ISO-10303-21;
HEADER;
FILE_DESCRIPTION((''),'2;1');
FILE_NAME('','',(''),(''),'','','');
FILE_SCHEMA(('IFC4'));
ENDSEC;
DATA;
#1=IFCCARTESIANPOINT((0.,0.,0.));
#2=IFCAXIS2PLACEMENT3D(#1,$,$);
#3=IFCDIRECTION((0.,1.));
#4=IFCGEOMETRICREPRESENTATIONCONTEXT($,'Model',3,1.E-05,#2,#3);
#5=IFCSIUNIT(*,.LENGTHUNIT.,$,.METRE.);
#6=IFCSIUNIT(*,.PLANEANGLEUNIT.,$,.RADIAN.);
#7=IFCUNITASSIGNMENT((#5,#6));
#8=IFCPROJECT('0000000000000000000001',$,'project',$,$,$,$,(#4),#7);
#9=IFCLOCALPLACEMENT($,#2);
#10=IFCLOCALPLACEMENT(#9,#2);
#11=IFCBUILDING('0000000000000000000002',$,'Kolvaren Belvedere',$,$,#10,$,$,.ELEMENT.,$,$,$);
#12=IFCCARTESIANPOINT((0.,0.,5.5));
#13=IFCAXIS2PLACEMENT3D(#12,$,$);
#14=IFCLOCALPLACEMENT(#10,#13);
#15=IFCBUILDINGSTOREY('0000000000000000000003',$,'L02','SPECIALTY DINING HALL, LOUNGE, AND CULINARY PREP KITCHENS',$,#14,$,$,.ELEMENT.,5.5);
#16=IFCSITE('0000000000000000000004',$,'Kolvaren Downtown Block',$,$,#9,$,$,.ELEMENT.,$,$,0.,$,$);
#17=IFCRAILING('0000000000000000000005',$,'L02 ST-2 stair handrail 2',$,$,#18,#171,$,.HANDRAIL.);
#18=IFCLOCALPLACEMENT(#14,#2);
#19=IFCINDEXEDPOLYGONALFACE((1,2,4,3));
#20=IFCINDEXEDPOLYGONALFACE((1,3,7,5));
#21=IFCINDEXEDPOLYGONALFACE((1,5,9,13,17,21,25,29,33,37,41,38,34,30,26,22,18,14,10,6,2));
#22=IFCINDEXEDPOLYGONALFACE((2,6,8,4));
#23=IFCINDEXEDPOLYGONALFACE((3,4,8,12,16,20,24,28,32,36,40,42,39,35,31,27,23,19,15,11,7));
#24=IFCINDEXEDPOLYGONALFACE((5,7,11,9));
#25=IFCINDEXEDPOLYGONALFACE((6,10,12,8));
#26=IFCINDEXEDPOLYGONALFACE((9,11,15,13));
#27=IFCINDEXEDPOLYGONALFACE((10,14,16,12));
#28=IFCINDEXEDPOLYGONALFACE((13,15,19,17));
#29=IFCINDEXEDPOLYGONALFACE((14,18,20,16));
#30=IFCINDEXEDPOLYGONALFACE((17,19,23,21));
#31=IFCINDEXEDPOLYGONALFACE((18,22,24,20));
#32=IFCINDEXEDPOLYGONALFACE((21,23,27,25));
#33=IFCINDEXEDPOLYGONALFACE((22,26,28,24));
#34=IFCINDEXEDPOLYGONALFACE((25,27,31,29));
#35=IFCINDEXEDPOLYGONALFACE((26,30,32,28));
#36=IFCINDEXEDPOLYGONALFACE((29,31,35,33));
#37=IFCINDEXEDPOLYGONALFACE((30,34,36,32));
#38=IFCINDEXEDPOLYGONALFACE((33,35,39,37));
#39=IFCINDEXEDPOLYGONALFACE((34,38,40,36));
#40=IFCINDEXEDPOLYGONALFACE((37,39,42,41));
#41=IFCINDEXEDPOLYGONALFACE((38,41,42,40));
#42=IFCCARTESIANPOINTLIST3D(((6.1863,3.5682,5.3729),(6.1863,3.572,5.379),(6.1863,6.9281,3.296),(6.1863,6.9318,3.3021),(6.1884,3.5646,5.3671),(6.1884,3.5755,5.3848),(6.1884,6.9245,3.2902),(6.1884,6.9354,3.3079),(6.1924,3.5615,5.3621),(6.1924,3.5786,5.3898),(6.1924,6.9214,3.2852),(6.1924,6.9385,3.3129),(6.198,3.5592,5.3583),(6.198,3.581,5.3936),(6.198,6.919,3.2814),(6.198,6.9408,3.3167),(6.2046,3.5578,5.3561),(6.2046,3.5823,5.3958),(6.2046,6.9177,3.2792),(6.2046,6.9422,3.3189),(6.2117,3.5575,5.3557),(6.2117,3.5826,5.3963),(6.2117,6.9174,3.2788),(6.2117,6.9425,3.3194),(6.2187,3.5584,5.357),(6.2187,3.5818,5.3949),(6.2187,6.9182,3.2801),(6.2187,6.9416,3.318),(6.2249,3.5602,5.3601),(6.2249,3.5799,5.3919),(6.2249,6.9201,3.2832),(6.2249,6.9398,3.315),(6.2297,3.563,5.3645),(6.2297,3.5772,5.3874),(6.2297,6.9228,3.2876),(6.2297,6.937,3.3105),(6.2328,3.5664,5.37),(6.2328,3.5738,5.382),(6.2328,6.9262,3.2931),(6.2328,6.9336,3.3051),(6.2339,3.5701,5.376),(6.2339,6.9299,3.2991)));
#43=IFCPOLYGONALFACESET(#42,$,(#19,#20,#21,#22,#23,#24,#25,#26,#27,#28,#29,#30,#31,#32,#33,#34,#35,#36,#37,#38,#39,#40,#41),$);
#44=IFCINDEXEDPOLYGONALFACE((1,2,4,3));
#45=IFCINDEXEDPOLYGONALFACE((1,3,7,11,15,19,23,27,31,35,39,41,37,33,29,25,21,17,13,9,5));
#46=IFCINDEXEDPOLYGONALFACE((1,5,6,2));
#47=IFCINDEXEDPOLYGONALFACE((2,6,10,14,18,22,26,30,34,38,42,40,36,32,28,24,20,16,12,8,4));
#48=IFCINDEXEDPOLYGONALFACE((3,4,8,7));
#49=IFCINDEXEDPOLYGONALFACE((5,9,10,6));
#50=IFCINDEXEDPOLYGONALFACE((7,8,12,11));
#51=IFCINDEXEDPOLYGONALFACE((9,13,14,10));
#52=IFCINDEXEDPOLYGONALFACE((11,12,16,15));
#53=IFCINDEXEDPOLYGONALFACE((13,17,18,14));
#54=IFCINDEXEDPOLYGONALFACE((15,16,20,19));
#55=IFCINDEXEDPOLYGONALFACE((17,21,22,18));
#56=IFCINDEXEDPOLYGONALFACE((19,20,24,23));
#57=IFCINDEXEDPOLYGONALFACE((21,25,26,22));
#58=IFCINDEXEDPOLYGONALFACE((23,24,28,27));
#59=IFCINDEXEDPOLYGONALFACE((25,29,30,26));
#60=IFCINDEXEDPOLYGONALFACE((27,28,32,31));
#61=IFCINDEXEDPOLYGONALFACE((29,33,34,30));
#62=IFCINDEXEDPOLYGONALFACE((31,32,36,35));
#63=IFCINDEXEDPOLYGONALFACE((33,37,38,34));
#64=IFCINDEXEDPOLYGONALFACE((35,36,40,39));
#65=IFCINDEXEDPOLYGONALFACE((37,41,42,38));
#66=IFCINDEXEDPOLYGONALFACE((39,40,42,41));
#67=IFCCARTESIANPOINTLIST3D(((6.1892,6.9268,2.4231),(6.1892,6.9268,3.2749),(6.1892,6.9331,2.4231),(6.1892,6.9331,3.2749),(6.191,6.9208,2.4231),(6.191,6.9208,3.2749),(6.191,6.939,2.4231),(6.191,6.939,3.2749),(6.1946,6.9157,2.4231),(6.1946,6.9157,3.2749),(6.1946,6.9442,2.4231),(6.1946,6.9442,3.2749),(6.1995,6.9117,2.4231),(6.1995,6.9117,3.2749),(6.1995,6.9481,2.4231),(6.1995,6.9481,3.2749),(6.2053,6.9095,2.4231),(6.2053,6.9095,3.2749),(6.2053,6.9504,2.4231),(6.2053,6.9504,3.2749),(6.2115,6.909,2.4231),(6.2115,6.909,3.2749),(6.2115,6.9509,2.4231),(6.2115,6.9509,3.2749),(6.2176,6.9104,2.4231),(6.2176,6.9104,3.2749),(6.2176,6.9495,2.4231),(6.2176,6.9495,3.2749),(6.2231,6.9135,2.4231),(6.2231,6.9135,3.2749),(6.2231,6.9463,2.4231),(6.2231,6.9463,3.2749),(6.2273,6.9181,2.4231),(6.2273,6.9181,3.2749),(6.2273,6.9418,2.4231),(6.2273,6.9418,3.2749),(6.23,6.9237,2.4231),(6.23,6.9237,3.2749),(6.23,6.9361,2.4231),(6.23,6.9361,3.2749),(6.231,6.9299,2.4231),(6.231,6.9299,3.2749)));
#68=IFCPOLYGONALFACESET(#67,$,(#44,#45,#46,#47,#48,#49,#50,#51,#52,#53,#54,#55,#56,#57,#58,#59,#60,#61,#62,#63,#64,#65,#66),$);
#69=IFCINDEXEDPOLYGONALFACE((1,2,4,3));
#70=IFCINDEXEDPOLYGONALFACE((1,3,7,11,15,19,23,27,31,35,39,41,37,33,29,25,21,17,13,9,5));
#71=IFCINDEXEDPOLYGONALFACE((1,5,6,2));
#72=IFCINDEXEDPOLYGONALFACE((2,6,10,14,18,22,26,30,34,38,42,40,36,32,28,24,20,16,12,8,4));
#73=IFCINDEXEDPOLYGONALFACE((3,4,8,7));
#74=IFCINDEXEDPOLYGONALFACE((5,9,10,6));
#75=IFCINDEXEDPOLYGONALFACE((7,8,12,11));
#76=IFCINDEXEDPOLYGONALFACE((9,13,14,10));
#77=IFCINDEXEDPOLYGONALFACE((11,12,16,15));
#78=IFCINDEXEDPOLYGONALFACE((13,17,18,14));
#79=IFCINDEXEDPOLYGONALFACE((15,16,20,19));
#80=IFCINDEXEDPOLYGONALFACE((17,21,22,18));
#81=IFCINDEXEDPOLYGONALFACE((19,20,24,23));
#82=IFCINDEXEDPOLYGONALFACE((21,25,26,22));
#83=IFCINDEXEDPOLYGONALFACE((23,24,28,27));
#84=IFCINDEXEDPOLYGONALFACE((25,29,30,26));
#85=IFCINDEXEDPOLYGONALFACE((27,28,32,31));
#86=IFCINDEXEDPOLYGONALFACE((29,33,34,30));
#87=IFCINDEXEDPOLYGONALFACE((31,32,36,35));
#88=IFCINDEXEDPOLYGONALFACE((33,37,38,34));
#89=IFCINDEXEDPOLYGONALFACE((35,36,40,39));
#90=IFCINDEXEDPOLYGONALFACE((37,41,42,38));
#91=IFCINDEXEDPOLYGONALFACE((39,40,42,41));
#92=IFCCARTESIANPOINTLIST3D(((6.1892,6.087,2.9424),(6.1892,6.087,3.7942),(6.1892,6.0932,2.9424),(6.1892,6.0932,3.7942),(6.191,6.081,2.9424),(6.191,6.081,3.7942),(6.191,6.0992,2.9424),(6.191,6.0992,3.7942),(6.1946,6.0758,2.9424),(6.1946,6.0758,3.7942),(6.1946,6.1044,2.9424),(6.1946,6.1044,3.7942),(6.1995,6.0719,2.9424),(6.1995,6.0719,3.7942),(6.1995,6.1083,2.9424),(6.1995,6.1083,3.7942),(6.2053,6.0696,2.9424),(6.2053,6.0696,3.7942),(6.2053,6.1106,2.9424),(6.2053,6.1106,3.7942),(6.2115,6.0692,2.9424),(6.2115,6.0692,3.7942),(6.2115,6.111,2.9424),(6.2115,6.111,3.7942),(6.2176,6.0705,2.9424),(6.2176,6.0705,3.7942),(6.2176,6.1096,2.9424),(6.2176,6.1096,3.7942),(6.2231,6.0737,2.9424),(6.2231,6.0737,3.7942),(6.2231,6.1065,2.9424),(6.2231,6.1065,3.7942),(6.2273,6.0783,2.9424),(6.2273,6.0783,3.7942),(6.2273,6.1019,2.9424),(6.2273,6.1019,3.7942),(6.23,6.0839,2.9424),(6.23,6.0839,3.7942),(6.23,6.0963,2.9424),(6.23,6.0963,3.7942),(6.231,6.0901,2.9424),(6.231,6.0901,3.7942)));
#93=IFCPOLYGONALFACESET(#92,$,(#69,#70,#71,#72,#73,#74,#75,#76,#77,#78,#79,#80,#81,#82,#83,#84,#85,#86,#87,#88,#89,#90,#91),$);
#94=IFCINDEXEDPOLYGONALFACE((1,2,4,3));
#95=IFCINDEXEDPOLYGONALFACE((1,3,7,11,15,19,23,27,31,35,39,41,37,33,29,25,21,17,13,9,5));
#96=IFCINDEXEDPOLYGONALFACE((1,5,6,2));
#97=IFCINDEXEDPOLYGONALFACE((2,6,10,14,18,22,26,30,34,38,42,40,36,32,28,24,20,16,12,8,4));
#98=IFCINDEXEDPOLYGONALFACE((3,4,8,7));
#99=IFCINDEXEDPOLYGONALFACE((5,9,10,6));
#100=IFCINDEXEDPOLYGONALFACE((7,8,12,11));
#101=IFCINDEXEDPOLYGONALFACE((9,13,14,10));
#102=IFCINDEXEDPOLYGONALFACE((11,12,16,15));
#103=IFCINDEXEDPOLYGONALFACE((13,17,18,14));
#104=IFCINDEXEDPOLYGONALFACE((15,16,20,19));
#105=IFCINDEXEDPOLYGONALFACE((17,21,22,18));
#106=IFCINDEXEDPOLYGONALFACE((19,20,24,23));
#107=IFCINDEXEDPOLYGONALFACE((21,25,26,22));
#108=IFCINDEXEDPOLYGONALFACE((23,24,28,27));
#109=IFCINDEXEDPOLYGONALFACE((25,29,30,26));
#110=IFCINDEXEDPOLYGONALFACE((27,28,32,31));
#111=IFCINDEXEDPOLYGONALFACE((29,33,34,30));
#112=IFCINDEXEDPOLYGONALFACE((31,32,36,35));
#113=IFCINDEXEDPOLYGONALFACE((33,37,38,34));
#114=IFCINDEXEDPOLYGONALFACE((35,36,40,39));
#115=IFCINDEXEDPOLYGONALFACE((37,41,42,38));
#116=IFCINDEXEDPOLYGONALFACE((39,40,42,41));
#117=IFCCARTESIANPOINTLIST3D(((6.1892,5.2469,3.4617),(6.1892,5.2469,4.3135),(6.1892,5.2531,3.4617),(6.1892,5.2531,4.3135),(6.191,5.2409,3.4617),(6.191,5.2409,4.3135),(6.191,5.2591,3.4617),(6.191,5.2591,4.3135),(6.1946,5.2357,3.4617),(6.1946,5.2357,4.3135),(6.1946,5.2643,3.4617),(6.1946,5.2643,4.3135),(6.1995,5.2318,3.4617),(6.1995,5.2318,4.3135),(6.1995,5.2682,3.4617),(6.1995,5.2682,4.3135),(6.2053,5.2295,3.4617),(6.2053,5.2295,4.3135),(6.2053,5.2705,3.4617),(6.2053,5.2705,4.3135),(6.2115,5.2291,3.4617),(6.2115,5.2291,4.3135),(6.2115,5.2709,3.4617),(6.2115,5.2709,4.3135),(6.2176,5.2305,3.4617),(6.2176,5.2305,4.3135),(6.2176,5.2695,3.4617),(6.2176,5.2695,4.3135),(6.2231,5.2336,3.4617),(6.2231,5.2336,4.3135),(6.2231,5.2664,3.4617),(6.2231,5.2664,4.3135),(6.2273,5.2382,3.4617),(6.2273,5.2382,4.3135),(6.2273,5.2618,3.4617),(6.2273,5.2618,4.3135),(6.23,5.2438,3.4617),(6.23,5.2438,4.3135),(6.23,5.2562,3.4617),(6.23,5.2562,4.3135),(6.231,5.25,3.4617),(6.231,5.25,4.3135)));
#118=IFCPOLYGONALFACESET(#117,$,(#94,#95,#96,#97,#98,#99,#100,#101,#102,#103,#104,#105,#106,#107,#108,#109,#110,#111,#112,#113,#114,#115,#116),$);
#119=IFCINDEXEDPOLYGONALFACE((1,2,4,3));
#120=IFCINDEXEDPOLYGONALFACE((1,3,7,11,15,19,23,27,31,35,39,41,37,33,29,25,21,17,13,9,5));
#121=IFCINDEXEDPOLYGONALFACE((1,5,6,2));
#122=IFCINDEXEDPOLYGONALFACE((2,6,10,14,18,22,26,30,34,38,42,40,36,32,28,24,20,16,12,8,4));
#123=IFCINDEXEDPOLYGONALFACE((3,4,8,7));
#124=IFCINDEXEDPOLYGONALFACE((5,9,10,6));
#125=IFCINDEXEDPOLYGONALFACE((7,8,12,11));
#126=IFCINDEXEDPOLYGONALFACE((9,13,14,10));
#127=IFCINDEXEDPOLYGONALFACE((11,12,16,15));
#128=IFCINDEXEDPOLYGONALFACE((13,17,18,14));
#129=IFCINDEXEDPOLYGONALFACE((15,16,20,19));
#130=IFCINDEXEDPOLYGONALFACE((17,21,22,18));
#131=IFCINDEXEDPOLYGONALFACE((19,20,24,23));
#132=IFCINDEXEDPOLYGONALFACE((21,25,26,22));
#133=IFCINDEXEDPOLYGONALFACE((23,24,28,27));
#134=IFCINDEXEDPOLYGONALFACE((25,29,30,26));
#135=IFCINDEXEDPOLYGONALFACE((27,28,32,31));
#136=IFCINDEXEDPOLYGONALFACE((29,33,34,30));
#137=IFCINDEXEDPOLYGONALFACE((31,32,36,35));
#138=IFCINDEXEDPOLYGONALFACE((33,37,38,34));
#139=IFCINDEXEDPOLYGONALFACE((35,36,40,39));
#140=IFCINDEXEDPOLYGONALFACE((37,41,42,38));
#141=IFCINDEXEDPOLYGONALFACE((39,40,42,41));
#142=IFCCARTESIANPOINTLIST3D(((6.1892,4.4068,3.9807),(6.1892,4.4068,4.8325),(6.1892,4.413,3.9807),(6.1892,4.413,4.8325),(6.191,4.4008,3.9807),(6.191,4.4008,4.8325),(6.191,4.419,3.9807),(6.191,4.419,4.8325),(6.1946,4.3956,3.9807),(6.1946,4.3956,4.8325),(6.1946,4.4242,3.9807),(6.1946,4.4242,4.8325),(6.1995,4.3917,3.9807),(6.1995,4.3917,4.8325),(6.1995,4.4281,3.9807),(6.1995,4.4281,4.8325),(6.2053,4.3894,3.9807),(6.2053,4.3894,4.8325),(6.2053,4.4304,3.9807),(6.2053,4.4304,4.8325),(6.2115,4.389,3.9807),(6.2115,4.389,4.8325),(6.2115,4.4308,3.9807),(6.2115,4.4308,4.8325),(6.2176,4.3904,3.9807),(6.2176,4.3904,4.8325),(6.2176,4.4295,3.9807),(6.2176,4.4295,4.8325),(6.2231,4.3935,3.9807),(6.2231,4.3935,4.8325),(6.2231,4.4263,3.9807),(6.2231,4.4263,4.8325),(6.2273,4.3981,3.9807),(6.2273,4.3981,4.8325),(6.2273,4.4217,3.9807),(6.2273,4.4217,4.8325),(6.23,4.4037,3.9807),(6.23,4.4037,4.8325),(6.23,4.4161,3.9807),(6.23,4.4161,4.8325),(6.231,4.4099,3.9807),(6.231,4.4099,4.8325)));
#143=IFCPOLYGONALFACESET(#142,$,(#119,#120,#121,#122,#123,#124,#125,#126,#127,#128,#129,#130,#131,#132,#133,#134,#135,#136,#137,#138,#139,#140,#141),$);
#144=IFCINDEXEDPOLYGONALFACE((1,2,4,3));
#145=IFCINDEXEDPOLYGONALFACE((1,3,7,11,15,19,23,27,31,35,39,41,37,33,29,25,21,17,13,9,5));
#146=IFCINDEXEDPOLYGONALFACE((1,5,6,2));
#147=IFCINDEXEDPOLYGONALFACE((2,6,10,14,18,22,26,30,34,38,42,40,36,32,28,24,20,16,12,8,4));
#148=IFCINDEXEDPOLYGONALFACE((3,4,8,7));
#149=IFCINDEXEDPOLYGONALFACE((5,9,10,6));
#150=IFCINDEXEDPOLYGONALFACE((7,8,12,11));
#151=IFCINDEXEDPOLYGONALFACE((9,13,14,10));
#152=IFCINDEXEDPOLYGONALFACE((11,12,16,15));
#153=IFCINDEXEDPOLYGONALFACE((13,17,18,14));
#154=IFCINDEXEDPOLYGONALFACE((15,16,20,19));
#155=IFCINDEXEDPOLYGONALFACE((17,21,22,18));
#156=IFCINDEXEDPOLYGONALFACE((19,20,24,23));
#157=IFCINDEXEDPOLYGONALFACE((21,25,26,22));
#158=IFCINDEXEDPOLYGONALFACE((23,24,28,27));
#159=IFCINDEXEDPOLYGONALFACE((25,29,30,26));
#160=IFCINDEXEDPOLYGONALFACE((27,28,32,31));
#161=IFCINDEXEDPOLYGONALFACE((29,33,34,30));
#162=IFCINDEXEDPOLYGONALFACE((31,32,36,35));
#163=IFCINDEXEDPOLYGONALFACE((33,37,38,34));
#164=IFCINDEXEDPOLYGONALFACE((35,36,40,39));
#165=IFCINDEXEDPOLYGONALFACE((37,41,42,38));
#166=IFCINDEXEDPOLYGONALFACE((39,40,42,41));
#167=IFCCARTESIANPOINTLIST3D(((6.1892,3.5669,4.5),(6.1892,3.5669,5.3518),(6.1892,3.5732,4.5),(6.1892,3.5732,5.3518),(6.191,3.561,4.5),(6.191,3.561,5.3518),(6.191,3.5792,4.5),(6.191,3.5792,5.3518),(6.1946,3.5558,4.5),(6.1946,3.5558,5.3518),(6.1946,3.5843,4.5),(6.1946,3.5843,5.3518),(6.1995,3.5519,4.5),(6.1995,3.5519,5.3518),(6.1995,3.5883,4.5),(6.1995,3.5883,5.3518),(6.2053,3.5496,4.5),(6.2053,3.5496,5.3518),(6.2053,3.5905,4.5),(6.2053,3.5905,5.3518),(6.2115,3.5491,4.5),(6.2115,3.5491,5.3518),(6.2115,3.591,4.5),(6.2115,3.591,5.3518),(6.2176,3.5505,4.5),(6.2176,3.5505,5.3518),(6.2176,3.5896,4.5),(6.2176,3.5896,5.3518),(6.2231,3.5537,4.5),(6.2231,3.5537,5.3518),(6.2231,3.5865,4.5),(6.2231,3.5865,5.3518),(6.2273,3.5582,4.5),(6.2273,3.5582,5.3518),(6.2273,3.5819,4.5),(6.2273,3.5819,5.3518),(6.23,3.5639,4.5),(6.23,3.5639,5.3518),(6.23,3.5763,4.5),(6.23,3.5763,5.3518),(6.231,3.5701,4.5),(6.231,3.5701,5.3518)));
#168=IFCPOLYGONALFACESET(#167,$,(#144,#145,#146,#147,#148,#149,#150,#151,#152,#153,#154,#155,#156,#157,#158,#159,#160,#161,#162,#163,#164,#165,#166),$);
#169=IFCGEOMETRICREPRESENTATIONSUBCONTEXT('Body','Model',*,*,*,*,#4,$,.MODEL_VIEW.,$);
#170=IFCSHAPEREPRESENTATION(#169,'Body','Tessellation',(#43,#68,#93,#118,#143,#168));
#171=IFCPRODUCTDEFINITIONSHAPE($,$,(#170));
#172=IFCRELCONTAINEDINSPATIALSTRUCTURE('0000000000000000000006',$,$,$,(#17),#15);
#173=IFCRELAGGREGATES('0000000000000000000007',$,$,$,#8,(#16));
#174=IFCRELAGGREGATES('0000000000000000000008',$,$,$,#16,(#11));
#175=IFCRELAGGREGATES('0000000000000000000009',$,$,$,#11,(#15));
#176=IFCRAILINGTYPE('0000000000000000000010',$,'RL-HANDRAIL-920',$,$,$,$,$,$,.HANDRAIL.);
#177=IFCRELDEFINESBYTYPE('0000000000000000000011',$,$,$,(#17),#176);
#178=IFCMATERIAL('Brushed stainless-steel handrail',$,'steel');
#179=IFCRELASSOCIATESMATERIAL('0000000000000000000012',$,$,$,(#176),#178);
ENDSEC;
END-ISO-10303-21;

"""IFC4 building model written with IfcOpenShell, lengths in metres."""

from ifc_helpers import new_model, si_unit, direction, frame, origin, origin_2d, place, context, subcontext, project, spatial, circle, extrude, material, type_object, element, save


model = new_model("IFC4")

# Units and contexts
model_context = context("Model", 3, precision=1e-05, world=origin(), true_north=direction((0.0, 1.0)))
body_context = subcontext(model_context, "Body", "Model", "MODEL_VIEW")
ifc_project = project(units=[si_unit("LENGTHUNIT", "METRE"), si_unit("PLANEANGLEUNIT", "RADIAN")], contexts=[model_context])

# Site, building, storey
site_placement = place(None, origin())
site = spatial("IfcSite", under=ifc_project, at=site_placement, Name="Kolvaren Downtown Block", CompositionType="ELEMENT", RefElevation=0.0)
building_placement = place(site_placement, origin())
building = spatial("IfcBuilding", under=site, at=building_placement, Name="Kolvaren Belvedere", CompositionType="ELEMENT")
storey_placement = place(building_placement, frame((0.0, 0.0, 5.5)))
storey = spatial("IfcBuildingStorey", under=building, at=storey_placement, Name="L02", Description="SPECIALTY DINING HALL, LOUNGE, AND CULINARY PREP KITCHENS", CompositionType="ELEMENT", Elevation=5.5)

# Railing
ifc_material_1 = material(Name="Brushed stainless-steel handrail", Category="steel")
railing_type_1 = type_object("IfcRailingType", Name="RL-HANDRAIL-920", PredefinedType="HANDRAIL", material=ifc_material_1)
railing_1_placement = place(storey_placement, frame((6.21, 6.9299, 2.4231)))
element("IfcRailing", 1, at=railing_1_placement, inside=storey, type_object=railing_type_1, Name="L02 ST-2 stair handrail 2", PredefinedType="HANDRAIL", context=body_context, shape_type="SweptSolid", body=[
    extrude(circle(Radius=0.0239, at=origin_2d()), frame((0.0, 0.0, 0.876), z_axis=(0.0, -0.850606, 0.525803), x_axis=(1.0, 0.0, 0.0)), (0.0, 0.0, 1.0), 3.95),
    extrude(circle(Radius=0.021, at=origin_2d()), origin(), (0.0, 0.0, 1.0), 0.8518),
    extrude(circle(Radius=0.021, at=origin_2d()), frame((0.0, -0.8398, 0.5193)), (0.0, 0.0, 1.0), 0.8518),
    extrude(circle(Radius=0.021, at=origin_2d()), frame((0.0, -1.6799, 1.0386)), (0.0, 0.0, 1.0), 0.8518),
    extrude(circle(Radius=0.021, at=origin_2d()), frame((0.0, -2.52, 1.5576)), (0.0, 0.0, 1.0), 0.8518),
    extrude(circle(Radius=0.021, at=origin_2d()), frame((0.0, -3.3599, 2.0769)), (0.0, 0.0, 1.0), 0.8518),
])

save(model, "model.ifc")
